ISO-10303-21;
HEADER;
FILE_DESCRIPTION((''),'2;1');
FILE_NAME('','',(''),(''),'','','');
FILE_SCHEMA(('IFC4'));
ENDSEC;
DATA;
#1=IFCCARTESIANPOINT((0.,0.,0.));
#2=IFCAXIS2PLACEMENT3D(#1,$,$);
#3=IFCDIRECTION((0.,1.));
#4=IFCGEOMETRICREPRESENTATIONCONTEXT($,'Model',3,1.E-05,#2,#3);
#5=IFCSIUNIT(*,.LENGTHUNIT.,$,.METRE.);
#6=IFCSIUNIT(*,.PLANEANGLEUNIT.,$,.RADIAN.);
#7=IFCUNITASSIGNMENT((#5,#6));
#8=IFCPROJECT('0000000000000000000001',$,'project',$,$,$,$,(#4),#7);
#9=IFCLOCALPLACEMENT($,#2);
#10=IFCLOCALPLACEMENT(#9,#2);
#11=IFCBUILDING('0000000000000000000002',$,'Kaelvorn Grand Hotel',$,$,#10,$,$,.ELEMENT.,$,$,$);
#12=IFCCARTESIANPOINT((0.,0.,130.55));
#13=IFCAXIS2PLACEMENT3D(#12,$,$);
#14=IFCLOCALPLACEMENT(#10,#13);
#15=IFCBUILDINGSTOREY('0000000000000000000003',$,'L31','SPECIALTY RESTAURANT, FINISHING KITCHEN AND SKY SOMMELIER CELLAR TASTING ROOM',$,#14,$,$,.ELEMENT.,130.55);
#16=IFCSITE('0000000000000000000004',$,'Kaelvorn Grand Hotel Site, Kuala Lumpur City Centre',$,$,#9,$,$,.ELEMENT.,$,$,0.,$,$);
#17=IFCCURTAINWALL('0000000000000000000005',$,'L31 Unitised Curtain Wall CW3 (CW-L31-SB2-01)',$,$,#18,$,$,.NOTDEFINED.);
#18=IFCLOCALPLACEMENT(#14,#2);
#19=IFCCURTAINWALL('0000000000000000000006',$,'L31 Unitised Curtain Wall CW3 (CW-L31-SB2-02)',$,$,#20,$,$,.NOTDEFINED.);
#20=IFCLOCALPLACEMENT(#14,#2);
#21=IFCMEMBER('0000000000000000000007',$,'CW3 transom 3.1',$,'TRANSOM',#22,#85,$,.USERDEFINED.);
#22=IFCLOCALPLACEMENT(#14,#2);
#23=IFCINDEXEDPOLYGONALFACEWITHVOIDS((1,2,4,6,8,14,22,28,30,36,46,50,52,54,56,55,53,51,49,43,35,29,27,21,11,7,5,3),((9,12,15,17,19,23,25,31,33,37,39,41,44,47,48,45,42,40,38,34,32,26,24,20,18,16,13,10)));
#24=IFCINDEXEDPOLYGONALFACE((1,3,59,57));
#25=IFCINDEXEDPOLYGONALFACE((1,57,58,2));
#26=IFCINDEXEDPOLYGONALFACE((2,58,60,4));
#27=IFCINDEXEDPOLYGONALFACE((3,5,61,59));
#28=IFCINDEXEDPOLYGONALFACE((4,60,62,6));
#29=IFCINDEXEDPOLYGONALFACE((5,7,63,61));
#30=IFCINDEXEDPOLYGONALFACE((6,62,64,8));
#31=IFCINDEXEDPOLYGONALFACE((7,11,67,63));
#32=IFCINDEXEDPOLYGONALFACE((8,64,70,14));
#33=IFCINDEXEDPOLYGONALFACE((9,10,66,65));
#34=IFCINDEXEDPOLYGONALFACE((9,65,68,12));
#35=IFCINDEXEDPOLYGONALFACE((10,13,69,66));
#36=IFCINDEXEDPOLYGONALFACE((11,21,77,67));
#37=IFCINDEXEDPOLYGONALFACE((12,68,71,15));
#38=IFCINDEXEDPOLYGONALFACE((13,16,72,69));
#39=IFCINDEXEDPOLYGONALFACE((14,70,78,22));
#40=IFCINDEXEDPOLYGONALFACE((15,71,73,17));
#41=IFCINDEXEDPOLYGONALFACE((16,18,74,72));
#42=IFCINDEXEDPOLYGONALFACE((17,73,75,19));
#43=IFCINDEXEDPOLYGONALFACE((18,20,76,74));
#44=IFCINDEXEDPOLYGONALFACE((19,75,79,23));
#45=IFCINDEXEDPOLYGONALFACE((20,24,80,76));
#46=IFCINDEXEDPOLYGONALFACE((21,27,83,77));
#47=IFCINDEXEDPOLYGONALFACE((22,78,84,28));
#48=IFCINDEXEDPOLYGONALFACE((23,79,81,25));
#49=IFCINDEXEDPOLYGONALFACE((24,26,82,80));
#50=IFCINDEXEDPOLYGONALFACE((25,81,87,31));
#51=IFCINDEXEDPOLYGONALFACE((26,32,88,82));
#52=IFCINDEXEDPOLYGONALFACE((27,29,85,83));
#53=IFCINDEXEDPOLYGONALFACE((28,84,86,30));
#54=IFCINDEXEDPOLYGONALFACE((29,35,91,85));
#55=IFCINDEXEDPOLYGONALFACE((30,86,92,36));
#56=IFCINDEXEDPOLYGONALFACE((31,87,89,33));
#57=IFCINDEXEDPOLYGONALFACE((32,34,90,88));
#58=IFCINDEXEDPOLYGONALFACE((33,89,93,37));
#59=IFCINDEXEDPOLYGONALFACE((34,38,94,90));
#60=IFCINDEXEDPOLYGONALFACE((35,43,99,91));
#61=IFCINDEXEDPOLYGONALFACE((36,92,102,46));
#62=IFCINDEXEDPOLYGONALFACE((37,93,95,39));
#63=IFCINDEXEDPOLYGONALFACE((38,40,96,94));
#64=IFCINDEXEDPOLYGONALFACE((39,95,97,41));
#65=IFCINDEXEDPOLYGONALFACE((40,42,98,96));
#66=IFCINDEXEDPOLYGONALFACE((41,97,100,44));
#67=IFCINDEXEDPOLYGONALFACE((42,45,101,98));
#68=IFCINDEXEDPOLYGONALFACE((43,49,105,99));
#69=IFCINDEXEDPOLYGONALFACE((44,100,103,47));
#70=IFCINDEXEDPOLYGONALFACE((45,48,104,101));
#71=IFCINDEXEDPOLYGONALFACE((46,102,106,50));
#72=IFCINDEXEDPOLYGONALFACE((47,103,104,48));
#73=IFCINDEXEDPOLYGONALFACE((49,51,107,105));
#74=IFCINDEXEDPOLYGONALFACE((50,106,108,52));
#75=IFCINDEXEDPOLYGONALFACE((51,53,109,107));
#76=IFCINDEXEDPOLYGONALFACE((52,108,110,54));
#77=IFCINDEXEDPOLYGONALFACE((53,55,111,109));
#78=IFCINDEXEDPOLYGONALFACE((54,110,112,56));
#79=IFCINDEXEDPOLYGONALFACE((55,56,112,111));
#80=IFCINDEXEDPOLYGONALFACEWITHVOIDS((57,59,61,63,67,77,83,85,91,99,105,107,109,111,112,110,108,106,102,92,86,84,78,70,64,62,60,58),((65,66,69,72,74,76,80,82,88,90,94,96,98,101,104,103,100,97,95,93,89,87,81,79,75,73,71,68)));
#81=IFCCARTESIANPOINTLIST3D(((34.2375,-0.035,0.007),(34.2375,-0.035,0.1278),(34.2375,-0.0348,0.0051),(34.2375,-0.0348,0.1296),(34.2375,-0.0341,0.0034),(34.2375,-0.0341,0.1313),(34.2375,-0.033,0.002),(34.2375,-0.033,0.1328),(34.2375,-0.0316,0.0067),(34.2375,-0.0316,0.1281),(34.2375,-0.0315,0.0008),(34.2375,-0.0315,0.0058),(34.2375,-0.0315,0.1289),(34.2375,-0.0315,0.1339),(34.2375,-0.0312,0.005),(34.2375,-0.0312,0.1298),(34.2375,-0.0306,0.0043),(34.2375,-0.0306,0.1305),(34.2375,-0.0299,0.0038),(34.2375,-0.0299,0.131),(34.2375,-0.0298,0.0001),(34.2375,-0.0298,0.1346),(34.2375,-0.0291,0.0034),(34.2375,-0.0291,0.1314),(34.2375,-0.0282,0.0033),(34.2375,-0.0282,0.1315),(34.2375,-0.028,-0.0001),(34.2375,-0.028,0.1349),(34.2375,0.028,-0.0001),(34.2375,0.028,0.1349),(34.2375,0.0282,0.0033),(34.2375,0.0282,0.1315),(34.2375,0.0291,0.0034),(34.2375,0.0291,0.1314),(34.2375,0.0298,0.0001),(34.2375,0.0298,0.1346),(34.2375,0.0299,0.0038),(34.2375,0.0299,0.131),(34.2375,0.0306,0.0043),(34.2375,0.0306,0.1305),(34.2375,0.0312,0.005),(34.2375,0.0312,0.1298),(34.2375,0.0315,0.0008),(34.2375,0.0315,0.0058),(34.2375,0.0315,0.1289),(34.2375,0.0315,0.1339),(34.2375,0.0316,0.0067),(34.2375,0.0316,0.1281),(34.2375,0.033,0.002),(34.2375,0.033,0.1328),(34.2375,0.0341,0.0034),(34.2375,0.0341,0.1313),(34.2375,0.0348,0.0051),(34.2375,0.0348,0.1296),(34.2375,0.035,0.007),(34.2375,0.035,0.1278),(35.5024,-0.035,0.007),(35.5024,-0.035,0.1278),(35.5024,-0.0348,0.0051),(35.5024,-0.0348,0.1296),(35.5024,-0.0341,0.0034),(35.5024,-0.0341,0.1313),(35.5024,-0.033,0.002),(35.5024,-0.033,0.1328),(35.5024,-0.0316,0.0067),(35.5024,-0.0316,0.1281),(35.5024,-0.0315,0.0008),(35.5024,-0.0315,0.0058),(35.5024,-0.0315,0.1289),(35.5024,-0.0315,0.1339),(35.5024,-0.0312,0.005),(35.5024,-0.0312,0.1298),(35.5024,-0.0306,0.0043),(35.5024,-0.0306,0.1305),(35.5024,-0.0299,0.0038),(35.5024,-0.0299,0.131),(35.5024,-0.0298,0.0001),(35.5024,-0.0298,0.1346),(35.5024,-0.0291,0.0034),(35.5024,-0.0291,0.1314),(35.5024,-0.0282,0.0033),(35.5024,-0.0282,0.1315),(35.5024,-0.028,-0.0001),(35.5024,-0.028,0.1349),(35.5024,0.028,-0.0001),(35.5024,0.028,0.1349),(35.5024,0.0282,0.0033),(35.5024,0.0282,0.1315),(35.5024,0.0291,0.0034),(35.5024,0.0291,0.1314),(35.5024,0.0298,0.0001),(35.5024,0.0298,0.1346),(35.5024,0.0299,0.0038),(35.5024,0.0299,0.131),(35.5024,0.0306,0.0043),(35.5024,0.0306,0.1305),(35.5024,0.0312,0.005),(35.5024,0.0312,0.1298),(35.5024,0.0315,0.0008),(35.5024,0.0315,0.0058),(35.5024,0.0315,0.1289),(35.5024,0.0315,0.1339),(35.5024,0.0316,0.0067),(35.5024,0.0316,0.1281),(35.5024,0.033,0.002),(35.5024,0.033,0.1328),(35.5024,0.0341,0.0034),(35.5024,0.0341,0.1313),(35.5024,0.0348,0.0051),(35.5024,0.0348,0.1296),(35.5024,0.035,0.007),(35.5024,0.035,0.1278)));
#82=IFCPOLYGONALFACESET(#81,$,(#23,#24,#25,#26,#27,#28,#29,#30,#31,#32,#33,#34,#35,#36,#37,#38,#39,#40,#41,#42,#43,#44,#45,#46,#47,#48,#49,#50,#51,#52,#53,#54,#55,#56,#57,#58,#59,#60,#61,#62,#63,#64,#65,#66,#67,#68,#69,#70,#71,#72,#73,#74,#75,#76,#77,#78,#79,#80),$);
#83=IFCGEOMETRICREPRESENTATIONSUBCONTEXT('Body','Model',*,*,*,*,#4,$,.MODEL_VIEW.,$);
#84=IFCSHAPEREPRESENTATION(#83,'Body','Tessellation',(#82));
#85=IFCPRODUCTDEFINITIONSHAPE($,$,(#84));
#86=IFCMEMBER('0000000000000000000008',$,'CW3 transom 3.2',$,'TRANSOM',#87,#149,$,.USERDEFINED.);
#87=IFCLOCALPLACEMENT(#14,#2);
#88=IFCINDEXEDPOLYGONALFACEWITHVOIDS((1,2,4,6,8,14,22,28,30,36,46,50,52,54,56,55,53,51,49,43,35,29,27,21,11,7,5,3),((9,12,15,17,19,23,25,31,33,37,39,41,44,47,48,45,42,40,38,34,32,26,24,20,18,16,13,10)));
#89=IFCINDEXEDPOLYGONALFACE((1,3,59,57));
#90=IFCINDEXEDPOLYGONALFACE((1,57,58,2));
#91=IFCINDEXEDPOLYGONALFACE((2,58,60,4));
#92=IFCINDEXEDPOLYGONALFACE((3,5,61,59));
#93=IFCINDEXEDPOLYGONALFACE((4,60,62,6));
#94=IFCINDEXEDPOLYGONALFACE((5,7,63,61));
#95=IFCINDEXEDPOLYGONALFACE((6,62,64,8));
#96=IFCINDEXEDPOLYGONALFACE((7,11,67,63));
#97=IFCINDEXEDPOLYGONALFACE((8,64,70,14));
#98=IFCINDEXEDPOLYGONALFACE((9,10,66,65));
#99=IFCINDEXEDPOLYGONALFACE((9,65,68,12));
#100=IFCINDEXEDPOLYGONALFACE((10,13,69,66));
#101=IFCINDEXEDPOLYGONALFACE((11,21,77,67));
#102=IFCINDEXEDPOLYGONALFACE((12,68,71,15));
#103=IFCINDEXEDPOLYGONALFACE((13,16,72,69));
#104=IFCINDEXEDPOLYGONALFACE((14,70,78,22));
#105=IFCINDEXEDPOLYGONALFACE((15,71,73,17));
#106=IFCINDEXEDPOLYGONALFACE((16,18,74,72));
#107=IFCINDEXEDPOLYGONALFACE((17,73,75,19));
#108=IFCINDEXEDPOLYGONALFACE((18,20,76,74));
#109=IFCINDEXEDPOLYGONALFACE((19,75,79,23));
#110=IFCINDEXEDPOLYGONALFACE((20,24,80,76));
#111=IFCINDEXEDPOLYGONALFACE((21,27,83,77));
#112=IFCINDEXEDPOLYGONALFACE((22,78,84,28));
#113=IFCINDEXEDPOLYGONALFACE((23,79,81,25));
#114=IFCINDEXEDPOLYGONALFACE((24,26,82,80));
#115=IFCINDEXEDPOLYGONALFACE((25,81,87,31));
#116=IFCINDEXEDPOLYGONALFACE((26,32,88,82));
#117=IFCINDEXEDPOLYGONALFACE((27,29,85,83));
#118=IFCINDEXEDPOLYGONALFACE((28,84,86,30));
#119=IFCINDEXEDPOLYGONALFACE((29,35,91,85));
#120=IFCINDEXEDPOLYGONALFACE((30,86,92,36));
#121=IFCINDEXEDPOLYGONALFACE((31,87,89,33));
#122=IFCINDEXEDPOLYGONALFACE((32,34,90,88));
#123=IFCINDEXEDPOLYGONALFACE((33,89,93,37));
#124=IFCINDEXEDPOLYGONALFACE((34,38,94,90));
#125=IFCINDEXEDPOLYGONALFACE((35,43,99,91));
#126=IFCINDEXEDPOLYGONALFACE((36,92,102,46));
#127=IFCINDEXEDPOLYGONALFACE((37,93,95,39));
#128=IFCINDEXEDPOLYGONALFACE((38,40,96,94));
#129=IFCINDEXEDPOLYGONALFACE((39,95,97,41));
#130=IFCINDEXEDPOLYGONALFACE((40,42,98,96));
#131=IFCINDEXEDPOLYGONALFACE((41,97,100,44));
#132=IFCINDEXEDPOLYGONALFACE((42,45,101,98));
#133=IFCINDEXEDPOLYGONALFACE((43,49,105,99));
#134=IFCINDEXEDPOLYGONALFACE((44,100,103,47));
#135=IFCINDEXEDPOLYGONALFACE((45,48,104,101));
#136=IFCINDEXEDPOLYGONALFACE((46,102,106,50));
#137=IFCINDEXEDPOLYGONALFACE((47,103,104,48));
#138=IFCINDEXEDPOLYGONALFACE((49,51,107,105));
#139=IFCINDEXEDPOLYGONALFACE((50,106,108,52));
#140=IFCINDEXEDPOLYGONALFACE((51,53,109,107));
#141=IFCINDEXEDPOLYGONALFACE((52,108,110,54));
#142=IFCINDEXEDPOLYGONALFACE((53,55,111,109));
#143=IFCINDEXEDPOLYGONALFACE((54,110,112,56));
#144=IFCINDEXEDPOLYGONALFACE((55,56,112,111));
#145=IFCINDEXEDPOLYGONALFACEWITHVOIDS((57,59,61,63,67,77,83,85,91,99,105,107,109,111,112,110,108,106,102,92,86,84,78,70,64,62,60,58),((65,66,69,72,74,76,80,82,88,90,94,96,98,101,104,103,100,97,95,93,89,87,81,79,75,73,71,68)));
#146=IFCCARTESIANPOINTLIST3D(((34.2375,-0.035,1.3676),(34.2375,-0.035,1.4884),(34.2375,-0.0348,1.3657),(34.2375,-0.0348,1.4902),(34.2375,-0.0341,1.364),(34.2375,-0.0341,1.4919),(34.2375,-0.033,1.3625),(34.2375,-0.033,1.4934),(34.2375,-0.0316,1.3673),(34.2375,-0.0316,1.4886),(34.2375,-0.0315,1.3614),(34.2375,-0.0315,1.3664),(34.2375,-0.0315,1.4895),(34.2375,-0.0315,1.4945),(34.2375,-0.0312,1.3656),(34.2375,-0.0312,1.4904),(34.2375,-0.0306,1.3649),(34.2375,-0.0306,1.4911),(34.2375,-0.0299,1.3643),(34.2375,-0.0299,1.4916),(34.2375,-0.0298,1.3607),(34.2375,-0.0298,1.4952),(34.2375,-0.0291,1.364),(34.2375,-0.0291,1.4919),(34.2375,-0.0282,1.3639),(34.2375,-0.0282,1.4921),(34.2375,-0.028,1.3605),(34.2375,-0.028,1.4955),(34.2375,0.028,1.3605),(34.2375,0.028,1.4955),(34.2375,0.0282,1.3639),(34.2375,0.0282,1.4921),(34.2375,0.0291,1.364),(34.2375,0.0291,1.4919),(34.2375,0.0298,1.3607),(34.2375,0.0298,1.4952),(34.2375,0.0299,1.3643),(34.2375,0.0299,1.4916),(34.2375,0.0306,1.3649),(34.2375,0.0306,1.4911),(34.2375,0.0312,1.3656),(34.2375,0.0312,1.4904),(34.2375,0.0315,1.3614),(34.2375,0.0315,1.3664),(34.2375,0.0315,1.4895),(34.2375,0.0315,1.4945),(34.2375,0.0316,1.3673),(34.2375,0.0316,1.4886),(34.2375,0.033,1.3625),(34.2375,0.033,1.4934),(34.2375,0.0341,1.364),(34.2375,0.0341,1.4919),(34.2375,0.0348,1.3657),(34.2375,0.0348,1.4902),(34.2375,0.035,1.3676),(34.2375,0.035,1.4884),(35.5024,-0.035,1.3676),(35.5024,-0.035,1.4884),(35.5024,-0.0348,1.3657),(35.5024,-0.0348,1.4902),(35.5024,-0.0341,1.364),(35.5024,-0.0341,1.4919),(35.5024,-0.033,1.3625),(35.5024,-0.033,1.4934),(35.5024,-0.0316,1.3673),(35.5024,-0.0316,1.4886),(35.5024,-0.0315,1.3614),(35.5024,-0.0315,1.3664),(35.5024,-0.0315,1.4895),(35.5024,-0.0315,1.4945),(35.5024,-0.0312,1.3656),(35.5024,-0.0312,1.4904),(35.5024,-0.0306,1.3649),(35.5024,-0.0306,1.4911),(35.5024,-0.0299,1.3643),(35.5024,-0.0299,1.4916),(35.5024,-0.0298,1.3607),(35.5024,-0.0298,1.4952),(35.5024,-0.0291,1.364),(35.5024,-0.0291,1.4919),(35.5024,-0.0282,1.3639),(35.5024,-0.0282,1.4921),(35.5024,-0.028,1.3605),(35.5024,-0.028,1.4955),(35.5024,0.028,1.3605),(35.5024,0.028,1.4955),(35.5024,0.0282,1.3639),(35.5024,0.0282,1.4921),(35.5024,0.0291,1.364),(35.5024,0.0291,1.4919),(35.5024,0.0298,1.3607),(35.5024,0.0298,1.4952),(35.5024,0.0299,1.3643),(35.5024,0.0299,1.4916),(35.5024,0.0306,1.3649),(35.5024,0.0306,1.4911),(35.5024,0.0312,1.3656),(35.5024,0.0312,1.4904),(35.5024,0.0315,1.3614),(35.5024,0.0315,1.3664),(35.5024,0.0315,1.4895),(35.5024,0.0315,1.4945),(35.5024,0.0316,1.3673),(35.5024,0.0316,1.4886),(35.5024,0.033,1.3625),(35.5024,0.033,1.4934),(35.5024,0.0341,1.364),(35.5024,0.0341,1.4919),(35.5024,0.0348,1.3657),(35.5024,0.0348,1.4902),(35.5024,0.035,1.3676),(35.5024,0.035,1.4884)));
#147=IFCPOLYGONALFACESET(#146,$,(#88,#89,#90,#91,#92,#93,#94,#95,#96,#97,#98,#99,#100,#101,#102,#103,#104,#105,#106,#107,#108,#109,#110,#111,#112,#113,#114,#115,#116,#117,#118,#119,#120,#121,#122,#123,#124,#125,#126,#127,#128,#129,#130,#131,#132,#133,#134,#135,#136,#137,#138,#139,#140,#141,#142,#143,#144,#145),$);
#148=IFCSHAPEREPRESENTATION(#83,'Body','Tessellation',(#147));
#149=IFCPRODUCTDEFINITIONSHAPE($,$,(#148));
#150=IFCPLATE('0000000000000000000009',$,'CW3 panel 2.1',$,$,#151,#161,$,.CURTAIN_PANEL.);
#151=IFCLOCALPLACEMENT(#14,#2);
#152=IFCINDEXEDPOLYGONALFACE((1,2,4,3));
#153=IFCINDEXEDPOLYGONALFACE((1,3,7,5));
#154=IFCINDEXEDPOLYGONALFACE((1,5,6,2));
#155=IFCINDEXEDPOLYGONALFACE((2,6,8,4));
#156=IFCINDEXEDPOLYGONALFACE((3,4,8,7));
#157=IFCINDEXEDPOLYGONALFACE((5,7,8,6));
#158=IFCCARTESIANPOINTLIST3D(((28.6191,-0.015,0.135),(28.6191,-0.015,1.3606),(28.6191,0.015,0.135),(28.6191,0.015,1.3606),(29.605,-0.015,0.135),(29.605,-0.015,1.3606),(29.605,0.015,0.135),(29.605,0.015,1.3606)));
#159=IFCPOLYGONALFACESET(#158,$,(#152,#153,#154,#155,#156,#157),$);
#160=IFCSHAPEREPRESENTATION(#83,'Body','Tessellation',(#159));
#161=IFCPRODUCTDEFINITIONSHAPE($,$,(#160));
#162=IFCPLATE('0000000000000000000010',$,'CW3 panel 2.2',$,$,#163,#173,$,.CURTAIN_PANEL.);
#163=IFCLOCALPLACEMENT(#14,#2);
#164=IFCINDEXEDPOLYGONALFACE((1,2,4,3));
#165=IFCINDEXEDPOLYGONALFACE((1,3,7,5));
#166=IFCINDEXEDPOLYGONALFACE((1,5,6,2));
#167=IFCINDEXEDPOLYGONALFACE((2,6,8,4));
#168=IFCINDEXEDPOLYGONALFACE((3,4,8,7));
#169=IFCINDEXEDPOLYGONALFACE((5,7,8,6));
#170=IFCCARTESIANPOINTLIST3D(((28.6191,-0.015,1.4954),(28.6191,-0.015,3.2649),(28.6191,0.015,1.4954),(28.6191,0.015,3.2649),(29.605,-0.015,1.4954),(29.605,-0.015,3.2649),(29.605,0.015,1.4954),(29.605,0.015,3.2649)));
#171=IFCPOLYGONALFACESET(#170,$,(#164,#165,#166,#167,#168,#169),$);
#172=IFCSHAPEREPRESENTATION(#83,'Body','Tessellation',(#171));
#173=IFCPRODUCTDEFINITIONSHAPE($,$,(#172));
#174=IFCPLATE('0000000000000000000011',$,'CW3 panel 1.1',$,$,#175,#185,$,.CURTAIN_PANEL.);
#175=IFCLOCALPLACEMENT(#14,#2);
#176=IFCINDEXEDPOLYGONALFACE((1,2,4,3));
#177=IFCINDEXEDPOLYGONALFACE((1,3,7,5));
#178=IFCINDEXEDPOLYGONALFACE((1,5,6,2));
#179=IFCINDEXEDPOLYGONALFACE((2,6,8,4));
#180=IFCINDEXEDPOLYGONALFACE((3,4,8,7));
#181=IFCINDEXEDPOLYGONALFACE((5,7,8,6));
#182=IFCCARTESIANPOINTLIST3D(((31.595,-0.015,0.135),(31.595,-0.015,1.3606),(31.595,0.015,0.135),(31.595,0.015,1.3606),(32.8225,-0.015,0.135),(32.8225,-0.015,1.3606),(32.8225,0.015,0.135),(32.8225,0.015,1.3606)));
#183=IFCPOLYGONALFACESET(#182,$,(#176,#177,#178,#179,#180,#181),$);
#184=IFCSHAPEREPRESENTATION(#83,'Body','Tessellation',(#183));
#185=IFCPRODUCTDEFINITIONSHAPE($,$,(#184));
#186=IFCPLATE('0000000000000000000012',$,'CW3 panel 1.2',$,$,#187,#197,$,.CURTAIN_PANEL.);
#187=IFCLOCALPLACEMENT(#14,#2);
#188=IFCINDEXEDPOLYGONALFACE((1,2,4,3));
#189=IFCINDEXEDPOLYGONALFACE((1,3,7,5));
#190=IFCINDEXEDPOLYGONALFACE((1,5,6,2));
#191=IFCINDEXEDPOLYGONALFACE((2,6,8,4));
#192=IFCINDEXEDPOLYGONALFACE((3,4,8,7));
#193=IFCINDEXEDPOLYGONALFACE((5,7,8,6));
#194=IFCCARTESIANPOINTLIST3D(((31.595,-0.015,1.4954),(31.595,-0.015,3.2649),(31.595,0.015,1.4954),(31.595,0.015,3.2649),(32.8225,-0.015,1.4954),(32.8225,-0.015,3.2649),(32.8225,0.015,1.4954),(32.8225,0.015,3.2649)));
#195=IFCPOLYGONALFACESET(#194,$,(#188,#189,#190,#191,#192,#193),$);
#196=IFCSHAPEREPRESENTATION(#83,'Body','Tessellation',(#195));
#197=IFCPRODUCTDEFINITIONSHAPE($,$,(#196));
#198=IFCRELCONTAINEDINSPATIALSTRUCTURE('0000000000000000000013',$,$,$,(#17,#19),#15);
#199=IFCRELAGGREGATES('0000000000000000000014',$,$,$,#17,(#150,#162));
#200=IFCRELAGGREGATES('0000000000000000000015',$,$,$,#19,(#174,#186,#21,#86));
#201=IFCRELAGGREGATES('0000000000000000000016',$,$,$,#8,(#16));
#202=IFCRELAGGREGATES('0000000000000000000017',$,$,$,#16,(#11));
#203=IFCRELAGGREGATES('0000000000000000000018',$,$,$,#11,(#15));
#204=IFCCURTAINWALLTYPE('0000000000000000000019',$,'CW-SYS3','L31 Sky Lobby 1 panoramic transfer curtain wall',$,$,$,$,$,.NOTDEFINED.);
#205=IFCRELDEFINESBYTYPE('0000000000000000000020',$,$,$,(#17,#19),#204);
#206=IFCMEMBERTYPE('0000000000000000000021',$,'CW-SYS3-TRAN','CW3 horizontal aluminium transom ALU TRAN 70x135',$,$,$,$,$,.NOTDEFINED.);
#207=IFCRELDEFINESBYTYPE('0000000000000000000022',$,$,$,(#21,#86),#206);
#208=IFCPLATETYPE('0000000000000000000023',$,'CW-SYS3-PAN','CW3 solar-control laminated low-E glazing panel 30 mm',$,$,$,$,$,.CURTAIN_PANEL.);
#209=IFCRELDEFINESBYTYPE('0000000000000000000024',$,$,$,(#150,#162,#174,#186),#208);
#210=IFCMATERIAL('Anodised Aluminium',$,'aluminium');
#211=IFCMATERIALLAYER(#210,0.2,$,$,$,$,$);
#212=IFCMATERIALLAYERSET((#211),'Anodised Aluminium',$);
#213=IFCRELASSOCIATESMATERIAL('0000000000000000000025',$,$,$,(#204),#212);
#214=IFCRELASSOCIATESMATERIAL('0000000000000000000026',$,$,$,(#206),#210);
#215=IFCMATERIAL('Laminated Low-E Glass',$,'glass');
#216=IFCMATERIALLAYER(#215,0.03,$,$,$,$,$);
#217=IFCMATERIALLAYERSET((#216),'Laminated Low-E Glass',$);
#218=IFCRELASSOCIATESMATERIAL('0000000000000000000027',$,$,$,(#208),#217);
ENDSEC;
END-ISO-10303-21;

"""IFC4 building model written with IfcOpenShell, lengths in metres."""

from ifc_helpers import new_model, si_unit, direction, frame, origin, origin_2d, place, context, subcontext, project, spatial, rectangle, hollow_rectangle, extrude, material, layer, layer_set, material_profile, profile_set, type_object, element, aggregate, save


model = new_model("IFC4")

# Units and contexts
model_context = context("Model", 3, precision=1e-05, world=origin(), true_north=direction((0.0, 1.0)))
body_context = subcontext(model_context, "Body", "Model", "MODEL_VIEW")
ifc_project = project(units=[si_unit("LENGTHUNIT", "METRE"), si_unit("PLANEANGLEUNIT", "RADIAN")], contexts=[model_context])

# Site, building, storey
site_placement = place(None, origin())
site = spatial("IfcSite", under=ifc_project, at=site_placement, Name="Kaelvorn Grand Hotel Site, Kuala Lumpur City Centre", CompositionType="ELEMENT", RefElevation=0.0)
building_placement = place(site_placement, origin())
building = spatial("IfcBuilding", under=site, at=building_placement, Name="Kaelvorn Grand Hotel", CompositionType="ELEMENT")
storey_placement = place(building_placement, frame((0.0, 0.0, 130.55)))
storey = spatial("IfcBuildingStorey", under=building, at=storey_placement, Name="L31", Description="SPECIALTY RESTAURANT, FINISHING KITCHEN AND SKY SOMMELIER CELLAR TASTING ROOM", CompositionType="ELEMENT", Elevation=130.55)

# Curtain wall
ifc_material_1 = material(Name="Anodised Aluminium", Category="aluminium")
ifc_layer_1 = layer(ifc_material_1, 0.2)
ifc_layer_set_1 = layer_set([ifc_layer_1], Name="Anodised Aluminium")
curtain_wall_type = type_object("IfcCurtainWallType", Name="CW-SYS3", Description="L31 Sky Lobby 1 panoramic transfer curtain wall", PredefinedType="NOTDEFINED", material=ifc_layer_set_1)
curtain_wall_1_placement = place(storey_placement, origin())
curtain_wall_1 = element("IfcCurtainWall", 1, at=curtain_wall_1_placement, inside=storey, type_object=curtain_wall_type, Name="L31 Unitised Curtain Wall CW3 (CW-L31-SB2-01)", PredefinedType="NOTDEFINED")

# Curtain wall, members
curtain_wall_2_placement = place(storey_placement, origin())
curtain_wall_2 = element("IfcCurtainWall", 2, at=curtain_wall_2_placement, inside=storey, type_object=curtain_wall_type, Name="L31 Unitised Curtain Wall CW3 (CW-L31-SB2-02)", PredefinedType="NOTDEFINED")
ifc_material_profile_1 = material_profile(ifc_material_1, hollow_rectangle(XDim=0.0701, YDim=0.135, WallThickness=0.0034, InnerFilletRadius=0.0034, OuterFilletRadius=0.0071, at=origin_2d()), Name="ALU TRAN 70x135")
ifc_profile_set_1 = profile_set([ifc_material_profile_1], Name="Anodised Aluminium")
member_type_1 = type_object("IfcMemberType", Name="CW-SYS3-TRAN", Description="CW3 horizontal aluminium transom ALU TRAN 70x135", PredefinedType="NOTDEFINED", material=ifc_profile_set_1)
member_1_placement = place(storey_placement, frame((34.2375, 0.0, 0.0674), z_axis=(1.0, 0.0, 0.0), x_axis=(0.0, 1.0, 0.0)))
member_1 = element("IfcMember", 3, at=member_1_placement, type_object=member_type_1, Name="CW3 transom 3.1", ObjectType="TRANSOM", PredefinedType="USERDEFINED", context=body_context, shape_type="SweptSolid", body=[
    extrude(hollow_rectangle(XDim=0.0701, YDim=0.135, WallThickness=0.0034, InnerFilletRadius=0.0034, OuterFilletRadius=0.0071, at=origin_2d()), origin(), (0.0, 0.0, 1.0), 1.2649),
])
member_2_placement = place(storey_placement, frame((34.2375, 0.0, 1.428), z_axis=(1.0, 0.0, 0.0), x_axis=(0.0, 1.0, 0.0)))
member_2 = element("IfcMember", 4, at=member_2_placement, type_object=member_type_1, Name="CW3 transom 3.2", ObjectType="TRANSOM", PredefinedType="USERDEFINED", context=body_context, shape_type="SweptSolid", body=[
    extrude(hollow_rectangle(XDim=0.0701, YDim=0.135, WallThickness=0.0034, InnerFilletRadius=0.0034, OuterFilletRadius=0.0071, at=origin_2d()), origin(), (0.0, 0.0, 1.0), 1.2649),
])

# Plates
ifc_material_2 = material(Name="Laminated Low-E Glass", Category="glass")
ifc_layer_2 = layer(ifc_material_2, 0.03)
ifc_layer_set_2 = layer_set([ifc_layer_2], Name="Laminated Low-E Glass")
plate_type = type_object("IfcPlateType", Name="CW-SYS3-PAN", Description="CW3 solar-control laminated low-E glazing panel 30 mm", PredefinedType="CURTAIN_PANEL", material=ifc_layer_set_2)
plate_1_placement = place(storey_placement, frame((29.1121, 0.0, 0.135), z_axis=(0.0, 0.0, 1.0), x_axis=(1.0, 0.0, 0.0)))
plate_1 = element("IfcPlate", 5, at=plate_1_placement, type_object=plate_type, Name="CW3 panel 2.1", PredefinedType="CURTAIN_PANEL", context=body_context, shape_type="SweptSolid", body=[
    extrude(rectangle(XDim=0.9858, YDim=0.03, at=origin_2d()), origin(), (0.0, 0.0, 1.0), 1.2256),
])
plate_2_placement = place(storey_placement, frame((29.1121, 0.0, 1.4954), z_axis=(0.0, 0.0, 1.0), x_axis=(1.0, 0.0, 0.0)))
plate_2 = element("IfcPlate", 6, at=plate_2_placement, type_object=plate_type, Name="CW3 panel 2.2", PredefinedType="CURTAIN_PANEL", context=body_context, shape_type="SweptSolid", body=[
    extrude(rectangle(XDim=0.9858, YDim=0.03, at=origin_2d()), origin(), (0.0, 0.0, 1.0), 1.7695),
])
aggregate(curtain_wall_1, [plate_1, plate_2])
plate_3_placement = place(storey_placement, frame((32.2087, 0.0, 0.135), z_axis=(0.0, 0.0, 1.0), x_axis=(1.0, 0.0, 0.0)))
plate_3 = element("IfcPlate", 7, at=plate_3_placement, type_object=plate_type, Name="CW3 panel 1.1", PredefinedType="CURTAIN_PANEL", context=body_context, shape_type="SweptSolid", body=[
    extrude(rectangle(XDim=1.2275, YDim=0.03, at=origin_2d()), origin(), (0.0, 0.0, 1.0), 1.2256),
])
plate_4_placement = place(storey_placement, frame((32.2087, 0.0, 1.4954), z_axis=(0.0, 0.0, 1.0), x_axis=(1.0, 0.0, 0.0)))
plate_4 = element("IfcPlate", 8, at=plate_4_placement, type_object=plate_type, Name="CW3 panel 1.2", PredefinedType="CURTAIN_PANEL", context=body_context, shape_type="SweptSolid", body=[
    extrude(rectangle(XDim=1.2275, YDim=0.03, at=origin_2d()), origin(), (0.0, 0.0, 1.0), 1.7695),
])
aggregate(curtain_wall_2, [plate_3, plate_4, member_1, member_2])

save(model, "model.ifc")
